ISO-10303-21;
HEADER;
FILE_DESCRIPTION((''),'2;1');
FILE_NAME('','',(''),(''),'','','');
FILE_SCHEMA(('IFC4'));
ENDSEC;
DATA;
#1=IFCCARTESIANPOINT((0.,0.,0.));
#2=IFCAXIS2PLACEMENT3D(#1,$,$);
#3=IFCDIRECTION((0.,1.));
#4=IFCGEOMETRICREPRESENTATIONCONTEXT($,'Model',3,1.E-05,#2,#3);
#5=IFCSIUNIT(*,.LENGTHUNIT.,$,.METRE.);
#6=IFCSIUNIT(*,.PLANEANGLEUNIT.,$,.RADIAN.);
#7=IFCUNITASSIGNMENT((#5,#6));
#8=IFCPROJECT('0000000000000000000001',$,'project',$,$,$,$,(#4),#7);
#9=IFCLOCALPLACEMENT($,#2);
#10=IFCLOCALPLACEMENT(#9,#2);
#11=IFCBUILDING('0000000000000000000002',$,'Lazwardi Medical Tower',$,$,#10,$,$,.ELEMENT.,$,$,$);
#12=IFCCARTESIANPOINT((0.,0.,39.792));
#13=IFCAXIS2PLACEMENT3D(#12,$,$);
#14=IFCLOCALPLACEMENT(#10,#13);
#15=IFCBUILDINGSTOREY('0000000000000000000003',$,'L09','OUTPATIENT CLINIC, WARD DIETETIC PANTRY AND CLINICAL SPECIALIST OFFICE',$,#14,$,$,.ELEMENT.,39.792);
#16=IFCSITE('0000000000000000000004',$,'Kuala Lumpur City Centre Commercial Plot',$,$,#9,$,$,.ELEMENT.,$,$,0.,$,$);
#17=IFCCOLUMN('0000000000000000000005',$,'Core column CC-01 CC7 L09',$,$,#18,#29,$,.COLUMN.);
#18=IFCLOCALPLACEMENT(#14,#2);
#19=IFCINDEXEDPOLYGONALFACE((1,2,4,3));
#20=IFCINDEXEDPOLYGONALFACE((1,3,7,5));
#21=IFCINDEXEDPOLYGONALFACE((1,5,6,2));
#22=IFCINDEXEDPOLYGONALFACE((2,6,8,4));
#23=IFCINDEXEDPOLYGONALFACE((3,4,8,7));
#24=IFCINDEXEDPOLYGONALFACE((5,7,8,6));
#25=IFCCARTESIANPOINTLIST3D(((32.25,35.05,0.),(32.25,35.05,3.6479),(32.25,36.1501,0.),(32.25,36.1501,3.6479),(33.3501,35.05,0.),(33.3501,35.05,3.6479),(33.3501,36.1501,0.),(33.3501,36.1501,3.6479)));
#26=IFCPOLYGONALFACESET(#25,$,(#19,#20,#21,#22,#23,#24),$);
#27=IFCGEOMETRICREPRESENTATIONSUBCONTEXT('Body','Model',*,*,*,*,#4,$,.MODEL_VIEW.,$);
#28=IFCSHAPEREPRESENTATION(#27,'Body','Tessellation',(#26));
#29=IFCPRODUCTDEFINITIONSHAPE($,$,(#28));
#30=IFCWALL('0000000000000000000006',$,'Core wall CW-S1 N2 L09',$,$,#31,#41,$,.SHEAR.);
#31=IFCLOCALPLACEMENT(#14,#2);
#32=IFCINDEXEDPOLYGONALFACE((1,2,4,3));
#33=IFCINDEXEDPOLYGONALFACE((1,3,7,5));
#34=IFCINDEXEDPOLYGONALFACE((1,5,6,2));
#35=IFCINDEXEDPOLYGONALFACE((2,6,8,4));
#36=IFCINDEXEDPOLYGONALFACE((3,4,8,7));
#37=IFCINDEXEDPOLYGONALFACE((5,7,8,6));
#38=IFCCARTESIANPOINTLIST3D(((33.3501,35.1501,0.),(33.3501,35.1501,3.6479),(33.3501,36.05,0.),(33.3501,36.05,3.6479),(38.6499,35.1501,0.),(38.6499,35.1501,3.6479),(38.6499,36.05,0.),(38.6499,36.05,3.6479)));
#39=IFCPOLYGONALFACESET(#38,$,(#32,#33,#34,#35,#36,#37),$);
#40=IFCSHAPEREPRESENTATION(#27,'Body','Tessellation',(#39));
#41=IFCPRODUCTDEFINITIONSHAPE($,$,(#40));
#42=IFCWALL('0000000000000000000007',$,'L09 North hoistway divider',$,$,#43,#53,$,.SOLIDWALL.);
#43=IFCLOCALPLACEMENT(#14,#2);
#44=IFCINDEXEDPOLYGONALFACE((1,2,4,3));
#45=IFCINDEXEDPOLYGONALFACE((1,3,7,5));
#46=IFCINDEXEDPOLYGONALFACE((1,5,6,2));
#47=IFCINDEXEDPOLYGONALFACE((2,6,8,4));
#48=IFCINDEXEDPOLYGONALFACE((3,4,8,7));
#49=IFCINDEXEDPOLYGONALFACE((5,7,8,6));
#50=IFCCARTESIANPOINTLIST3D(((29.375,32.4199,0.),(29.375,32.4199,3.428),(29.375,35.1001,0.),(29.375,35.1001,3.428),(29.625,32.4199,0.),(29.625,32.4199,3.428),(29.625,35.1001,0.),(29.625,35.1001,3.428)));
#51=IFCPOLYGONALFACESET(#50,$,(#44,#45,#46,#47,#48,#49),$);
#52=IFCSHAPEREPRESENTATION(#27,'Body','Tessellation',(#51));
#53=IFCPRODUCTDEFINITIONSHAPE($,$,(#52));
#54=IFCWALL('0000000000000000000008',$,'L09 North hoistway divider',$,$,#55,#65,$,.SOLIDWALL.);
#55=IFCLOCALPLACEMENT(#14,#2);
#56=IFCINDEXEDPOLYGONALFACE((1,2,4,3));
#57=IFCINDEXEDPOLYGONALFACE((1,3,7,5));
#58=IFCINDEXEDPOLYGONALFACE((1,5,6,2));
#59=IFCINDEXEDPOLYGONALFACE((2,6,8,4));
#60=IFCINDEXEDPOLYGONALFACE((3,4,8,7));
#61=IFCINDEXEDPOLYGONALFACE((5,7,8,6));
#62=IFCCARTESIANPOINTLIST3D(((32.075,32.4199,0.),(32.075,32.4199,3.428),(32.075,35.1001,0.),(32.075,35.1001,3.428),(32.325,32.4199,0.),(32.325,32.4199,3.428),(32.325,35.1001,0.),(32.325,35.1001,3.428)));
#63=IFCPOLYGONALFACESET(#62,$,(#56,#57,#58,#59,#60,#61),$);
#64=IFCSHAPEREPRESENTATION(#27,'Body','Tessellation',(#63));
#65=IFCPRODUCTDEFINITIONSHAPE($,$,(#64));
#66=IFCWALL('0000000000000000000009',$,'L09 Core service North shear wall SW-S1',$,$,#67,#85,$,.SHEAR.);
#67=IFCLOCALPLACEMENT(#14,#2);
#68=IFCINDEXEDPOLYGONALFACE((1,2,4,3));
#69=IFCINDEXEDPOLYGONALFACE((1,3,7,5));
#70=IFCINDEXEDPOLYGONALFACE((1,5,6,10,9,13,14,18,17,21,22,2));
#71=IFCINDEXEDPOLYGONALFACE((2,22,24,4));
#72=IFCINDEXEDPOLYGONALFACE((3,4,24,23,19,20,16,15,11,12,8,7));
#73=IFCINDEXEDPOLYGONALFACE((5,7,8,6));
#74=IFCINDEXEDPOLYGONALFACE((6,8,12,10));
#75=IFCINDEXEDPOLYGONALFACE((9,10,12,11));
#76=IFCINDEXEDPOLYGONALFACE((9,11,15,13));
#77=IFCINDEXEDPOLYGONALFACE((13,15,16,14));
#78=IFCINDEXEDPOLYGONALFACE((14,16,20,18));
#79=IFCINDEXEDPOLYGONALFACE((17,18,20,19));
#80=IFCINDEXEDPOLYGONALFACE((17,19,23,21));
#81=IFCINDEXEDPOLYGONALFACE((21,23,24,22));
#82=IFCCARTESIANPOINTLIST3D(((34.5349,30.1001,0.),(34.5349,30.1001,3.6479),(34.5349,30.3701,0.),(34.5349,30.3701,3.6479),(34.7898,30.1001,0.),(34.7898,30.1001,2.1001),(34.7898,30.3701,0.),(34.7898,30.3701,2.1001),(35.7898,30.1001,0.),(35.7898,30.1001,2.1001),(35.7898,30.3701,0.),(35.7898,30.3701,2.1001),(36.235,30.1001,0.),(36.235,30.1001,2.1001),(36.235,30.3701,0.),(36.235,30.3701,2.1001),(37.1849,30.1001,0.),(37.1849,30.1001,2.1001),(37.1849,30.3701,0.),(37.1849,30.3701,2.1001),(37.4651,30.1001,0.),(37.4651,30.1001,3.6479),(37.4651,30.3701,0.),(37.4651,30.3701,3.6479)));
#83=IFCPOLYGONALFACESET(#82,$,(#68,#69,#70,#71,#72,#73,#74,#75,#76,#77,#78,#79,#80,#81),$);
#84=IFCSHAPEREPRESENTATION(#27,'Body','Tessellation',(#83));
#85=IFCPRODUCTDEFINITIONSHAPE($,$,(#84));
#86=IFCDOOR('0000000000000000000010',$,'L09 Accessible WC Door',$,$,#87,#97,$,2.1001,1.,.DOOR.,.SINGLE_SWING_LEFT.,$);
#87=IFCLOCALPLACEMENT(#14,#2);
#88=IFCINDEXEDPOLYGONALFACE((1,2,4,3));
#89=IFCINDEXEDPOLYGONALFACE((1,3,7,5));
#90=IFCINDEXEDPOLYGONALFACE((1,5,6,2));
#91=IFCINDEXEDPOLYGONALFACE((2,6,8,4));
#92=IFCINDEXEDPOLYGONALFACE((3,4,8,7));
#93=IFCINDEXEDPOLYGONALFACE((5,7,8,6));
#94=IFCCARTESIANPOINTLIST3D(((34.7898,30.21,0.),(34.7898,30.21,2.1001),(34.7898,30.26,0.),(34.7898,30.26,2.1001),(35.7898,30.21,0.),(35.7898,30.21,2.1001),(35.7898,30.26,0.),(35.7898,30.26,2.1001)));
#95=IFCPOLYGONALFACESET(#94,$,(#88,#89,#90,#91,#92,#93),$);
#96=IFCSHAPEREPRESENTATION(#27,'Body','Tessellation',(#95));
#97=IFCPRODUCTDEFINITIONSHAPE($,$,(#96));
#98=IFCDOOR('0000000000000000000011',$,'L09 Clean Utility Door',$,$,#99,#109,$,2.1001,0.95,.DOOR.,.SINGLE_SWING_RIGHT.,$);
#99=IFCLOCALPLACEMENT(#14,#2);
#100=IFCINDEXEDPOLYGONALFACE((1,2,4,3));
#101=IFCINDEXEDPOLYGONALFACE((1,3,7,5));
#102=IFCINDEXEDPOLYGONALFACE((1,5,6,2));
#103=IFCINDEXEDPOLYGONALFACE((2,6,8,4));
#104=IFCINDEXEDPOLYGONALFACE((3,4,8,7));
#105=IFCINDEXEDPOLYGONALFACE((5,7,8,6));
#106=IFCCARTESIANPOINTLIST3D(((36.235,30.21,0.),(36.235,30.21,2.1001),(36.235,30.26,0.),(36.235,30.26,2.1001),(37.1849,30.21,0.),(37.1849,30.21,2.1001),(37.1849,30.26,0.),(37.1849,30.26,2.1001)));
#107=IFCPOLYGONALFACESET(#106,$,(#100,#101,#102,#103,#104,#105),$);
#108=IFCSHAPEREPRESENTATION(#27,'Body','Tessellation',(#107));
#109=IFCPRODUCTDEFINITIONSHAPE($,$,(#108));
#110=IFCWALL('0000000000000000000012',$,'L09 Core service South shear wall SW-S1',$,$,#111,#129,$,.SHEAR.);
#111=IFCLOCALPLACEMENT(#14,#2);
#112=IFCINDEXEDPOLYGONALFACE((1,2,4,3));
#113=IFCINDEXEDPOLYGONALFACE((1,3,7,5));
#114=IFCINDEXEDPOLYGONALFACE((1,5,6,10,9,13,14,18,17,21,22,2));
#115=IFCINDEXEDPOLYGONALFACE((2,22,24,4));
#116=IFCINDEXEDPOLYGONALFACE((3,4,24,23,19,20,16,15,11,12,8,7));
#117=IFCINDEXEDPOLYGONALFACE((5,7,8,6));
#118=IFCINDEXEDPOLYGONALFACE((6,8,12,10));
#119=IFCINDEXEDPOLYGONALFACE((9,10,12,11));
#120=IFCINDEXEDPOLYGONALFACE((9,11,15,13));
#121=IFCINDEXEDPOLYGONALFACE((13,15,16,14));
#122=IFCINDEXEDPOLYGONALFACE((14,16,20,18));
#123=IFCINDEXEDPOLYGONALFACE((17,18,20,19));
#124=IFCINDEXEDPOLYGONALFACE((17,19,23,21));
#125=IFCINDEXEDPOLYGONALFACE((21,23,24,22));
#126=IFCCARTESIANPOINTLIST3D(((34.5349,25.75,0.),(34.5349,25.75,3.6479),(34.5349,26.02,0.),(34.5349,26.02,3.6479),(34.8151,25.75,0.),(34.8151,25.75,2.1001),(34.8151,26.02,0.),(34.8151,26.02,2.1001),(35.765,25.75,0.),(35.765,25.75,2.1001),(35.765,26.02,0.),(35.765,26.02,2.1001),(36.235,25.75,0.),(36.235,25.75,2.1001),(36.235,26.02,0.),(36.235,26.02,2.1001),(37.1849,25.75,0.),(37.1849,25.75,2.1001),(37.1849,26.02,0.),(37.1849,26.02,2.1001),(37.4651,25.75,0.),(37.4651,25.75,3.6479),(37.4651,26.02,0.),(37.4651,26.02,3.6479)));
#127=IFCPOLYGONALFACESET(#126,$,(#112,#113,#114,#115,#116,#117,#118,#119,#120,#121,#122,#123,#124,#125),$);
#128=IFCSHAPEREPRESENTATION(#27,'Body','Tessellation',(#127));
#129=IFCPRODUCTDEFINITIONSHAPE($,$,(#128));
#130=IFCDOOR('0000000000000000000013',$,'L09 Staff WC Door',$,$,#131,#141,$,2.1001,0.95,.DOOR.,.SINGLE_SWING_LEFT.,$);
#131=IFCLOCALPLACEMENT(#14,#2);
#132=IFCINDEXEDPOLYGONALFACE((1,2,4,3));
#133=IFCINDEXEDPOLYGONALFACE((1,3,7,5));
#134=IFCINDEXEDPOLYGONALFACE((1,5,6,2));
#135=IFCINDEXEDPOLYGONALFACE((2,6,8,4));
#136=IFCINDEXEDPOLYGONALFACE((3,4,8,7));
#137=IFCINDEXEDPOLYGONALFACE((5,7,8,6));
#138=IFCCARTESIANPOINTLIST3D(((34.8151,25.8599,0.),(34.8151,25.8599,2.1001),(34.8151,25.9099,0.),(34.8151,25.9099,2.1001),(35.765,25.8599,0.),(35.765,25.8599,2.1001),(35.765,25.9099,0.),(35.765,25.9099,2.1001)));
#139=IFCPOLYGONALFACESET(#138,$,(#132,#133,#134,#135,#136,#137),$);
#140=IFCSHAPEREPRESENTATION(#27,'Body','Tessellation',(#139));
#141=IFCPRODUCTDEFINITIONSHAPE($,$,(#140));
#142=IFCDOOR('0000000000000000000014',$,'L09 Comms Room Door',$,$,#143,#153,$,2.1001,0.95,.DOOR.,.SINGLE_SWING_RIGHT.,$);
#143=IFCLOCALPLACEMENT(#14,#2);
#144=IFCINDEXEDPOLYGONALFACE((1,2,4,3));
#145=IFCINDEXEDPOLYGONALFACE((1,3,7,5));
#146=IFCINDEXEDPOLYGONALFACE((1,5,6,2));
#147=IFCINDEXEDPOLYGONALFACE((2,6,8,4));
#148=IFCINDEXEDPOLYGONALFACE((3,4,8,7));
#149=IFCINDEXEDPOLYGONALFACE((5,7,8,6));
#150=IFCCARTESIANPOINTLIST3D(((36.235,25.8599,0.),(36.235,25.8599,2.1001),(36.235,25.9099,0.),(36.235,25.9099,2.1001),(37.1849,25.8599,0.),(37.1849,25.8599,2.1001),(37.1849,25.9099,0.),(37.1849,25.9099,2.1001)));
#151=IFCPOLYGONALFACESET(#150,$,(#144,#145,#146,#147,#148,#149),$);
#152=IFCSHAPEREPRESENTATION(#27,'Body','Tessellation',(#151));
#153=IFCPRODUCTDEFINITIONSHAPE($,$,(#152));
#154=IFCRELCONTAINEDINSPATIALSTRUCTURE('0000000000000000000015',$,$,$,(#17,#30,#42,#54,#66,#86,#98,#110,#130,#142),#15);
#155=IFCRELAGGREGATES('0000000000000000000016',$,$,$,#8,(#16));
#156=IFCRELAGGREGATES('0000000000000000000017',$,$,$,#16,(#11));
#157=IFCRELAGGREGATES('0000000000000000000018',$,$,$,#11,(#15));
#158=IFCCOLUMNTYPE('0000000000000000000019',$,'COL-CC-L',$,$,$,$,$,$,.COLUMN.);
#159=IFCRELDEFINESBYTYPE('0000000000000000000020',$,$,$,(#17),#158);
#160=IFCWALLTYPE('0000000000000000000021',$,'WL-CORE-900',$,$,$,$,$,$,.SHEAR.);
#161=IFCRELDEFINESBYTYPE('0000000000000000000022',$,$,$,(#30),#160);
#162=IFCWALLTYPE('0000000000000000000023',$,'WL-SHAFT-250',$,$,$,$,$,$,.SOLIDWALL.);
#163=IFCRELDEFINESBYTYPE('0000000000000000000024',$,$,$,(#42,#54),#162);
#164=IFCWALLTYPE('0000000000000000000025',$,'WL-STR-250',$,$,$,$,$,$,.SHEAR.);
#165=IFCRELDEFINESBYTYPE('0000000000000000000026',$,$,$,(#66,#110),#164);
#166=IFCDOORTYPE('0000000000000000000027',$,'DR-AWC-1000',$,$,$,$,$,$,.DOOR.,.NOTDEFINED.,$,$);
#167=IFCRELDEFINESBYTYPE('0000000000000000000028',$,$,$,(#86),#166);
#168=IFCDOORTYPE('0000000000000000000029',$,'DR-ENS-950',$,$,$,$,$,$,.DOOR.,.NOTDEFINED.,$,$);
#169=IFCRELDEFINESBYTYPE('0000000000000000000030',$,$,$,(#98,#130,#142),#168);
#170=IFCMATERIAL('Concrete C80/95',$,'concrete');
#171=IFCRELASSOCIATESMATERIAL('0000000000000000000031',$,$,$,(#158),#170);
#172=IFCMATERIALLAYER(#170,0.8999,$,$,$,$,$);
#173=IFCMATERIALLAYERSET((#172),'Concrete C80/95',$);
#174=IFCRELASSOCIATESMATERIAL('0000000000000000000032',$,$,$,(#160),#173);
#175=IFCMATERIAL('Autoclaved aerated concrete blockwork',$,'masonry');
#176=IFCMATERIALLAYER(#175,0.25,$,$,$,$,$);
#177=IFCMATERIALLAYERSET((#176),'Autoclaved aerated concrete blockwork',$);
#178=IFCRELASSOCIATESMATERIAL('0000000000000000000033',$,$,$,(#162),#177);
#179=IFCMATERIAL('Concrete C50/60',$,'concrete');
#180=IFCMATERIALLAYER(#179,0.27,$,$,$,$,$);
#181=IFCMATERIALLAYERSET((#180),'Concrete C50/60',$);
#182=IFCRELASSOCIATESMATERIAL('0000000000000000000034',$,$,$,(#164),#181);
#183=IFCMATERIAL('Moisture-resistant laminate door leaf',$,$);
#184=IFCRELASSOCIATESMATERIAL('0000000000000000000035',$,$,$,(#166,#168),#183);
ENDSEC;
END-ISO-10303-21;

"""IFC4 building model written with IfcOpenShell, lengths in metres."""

from ifc_helpers import new_model, si_unit, direction, frame, frame_2d, origin, origin_2d, place, context, subcontext, project, spatial, rectangle, extrude, material, layer, layer_set, material_profile, profile_set, type_object, element, fill, save


model = new_model("IFC4")

# Units and contexts
model_context = context("Model", 3, precision=1e-05, world=origin(), true_north=direction((0.0, 1.0)))
body_context = subcontext(model_context, "Body", "Model", "MODEL_VIEW")
ifc_project = project(units=[si_unit("LENGTHUNIT", "METRE"), si_unit("PLANEANGLEUNIT", "RADIAN")], contexts=[model_context])

# Site, building, storey
site_placement = place(None, origin())
site = spatial("IfcSite", under=ifc_project, at=site_placement, Name="Kuala Lumpur City Centre Commercial Plot", CompositionType="ELEMENT", RefElevation=0.0)
building_placement = place(site_placement, origin())
building = spatial("IfcBuilding", under=site, at=building_placement, Name="Lazwardi Medical Tower", CompositionType="ELEMENT")
storey_placement = place(building_placement, frame((0.0, 0.0, 39.792)))
storey = spatial("IfcBuildingStorey", under=building, at=storey_placement, Name="L09", Description="OUTPATIENT CLINIC, WARD DIETETIC PANTRY AND CLINICAL SPECIALIST OFFICE", CompositionType="ELEMENT", Elevation=39.792)

# Column
ifc_material_1 = material(Name="Concrete C80/95", Category="concrete")
ifc_material_profile = material_profile(ifc_material_1, rectangle(XDim=1.1001, YDim=1.1001, at=origin_2d()), Name="RC 1100x1100")
ifc_profile_set = profile_set([ifc_material_profile], Name="Concrete C80/95")
column_type = type_object("IfcColumnType", Name="COL-CC-L", PredefinedType="COLUMN", material=ifc_profile_set)
column_placement = place(storey_placement, frame((32.8, 35.6001, 0.0), z_axis=(0.0, 0.0, 1.0), x_axis=(1.0, 0.0, 0.0)))
element("IfcColumn", 1, at=column_placement, inside=storey, type_object=column_type, Name="Core column CC-01 CC7 L09", PredefinedType="COLUMN", context=body_context, shape_type="SweptSolid", body=[
    extrude(rectangle(XDim=1.1001, YDim=1.1001, at=origin_2d()), origin(), (0.0, 0.0, 1.0), 3.6479),
])

# Walls
ifc_layer_1 = layer(ifc_material_1, 0.8999)
ifc_layer_set_1 = layer_set([ifc_layer_1], Name="Concrete C80/95")
wall_type_1 = type_object("IfcWallType", Name="WL-CORE-900", PredefinedType="SHEAR", material=ifc_layer_set_1)
wall_1_placement = place(storey_placement, frame((33.3501, 35.6001, 0.0), z_axis=(0.0, 0.0, 1.0), x_axis=(1.0, 0.0, 0.0)))
element("IfcWall", 2, at=wall_1_placement, inside=storey, type_object=wall_type_1, Name="Core wall CW-S1 N2 L09", PredefinedType="SHEAR", context=body_context, shape_type="SweptSolid", body=[
    extrude(rectangle(XDim=5.2998, YDim=0.8999, at=frame_2d((2.6499, 0.0))), origin(), (0.0, 0.0, 1.0), 3.6479),
])
ifc_material_2 = material(Name="Autoclaved aerated concrete blockwork", Category="masonry")
ifc_layer_2 = layer(ifc_material_2, 0.25)
ifc_layer_set_2 = layer_set([ifc_layer_2], Name="Autoclaved aerated concrete blockwork")
wall_type_2 = type_object("IfcWallType", Name="WL-SHAFT-250", PredefinedType="SOLIDWALL", material=ifc_layer_set_2)
for number, where, z_axis, x_axis, name in (
    (3, (29.5, 32.4199, 0.0), (0.0, 0.0, 1.0), (0.0, 1.0, 0.0), "L09 North hoistway divider"),
    (4, (32.2, 32.4199, 0.0), (0.0, 0.0, 1.0), (0.0, 1.0, 0.0), "L09 North hoistway divider"),
):
    element("IfcWall", number, at=place(storey_placement, frame(where, z_axis=z_axis, x_axis=x_axis)), inside=storey, type_object=wall_type_2, Name=name, PredefinedType="SOLIDWALL", context=body_context, shape_type="SweptSolid", body=[
        extrude(rectangle(XDim=2.6802, YDim=0.25, at=frame_2d((1.3401, 0.0))), origin(), (0.0, 0.0, 1.0), 3.428),
    ])

# Walls, openings, doors
ifc_material_3 = material(Name="Concrete C50/60", Category="concrete")
ifc_layer_3 = layer(ifc_material_3, 0.27)
ifc_layer_set_3 = layer_set([ifc_layer_3], Name="Concrete C50/60")
wall_type_3 = type_object("IfcWallType", Name="WL-STR-250", PredefinedType="SHEAR", material=ifc_layer_set_3)
wall_2_placement = place(storey_placement, frame((34.5349, 30.2351, 0.0), z_axis=(0.0, 0.0, 1.0), x_axis=(1.0, 0.0, 0.0)))
wall_2 = element("IfcWall", 5, at=wall_2_placement, inside=storey, type_object=wall_type_3, Name="L09 Core service North shear wall SW-S1", PredefinedType="SHEAR", context=body_context, shape_type="SweptSolid", body=[
    extrude(rectangle(XDim=2.9302, YDim=0.27, at=frame_2d((1.4651, 0.0))), origin(), (0.0, 0.0, 1.0), 3.6479),
])
opening_1_placement = place(wall_2_placement, frame((0.2549, 0.0, 0.0)))
opening_1 = element("IfcOpeningElement", 6, at=opening_1_placement, cuts=wall_2, PredefinedType="OPENING", context=body_context, shape_type="SweptSolid", body=[
    extrude(rectangle(XDim=1.0, YDim=2.1001, at=frame_2d((0.5, 1.05))), frame((0.0, 0.145, 0.0), z_axis=(0.0, -1.0, 0.0), x_axis=(1.0, 0.0, 0.0)), (0.0, 0.0, 1.0), 0.29),
])
opening_2_placement = place(wall_2_placement, frame((1.7, 0.0, 0.0)))
opening_2 = element("IfcOpeningElement", 7, at=opening_2_placement, cuts=wall_2, PredefinedType="OPENING", context=body_context, shape_type="SweptSolid", body=[
    extrude(rectangle(XDim=0.95, YDim=2.1001, at=frame_2d((0.4751, 1.05))), frame((0.0, 0.145, 0.0), z_axis=(0.0, -1.0, 0.0), x_axis=(1.0, 0.0, 0.0)), (0.0, 0.0, 1.0), 0.29),
])
ifc_material_4 = material(Name="Moisture-resistant laminate door leaf")
door_type_1 = type_object("IfcDoorType", Name="DR-AWC-1000", OperationType="NOTDEFINED", PredefinedType="DOOR", material=ifc_material_4)
door_1_placement = place(opening_1_placement, origin())
door_1 = element("IfcDoor", 8, at=door_1_placement, inside=storey, type_object=door_type_1, Name="L09 Accessible WC Door", OperationType="SINGLE_SWING_LEFT", OverallHeight=2.1001, OverallWidth=1.0, PredefinedType="DOOR", context=body_context, shape_type="SweptSolid", body=[
    extrude(rectangle(XDim=1.0, YDim=2.1001, at=frame_2d((0.5, 1.05))), frame((0.0, 0.0249, 0.0), z_axis=(0.0, -1.0, 0.0), x_axis=(1.0, 0.0, 0.0)), (0.0, 0.0, 1.0), 0.05),
])
fill(opening_1, door_1)
door_type_2 = type_object("IfcDoorType", Name="DR-ENS-950", OperationType="NOTDEFINED", PredefinedType="DOOR", material=ifc_material_4)
door_2_placement = place(opening_2_placement, origin())
door_2 = element("IfcDoor", 9, at=door_2_placement, inside=storey, type_object=door_type_2, Name="L09 Clean Utility Door", OperationType="SINGLE_SWING_RIGHT", OverallHeight=2.1001, OverallWidth=0.95, PredefinedType="DOOR", context=body_context, shape_type="SweptSolid", body=[
    extrude(rectangle(XDim=0.95, YDim=2.1001, at=frame_2d((0.4751, 1.05))), frame((0.0, 0.0249, 0.0), z_axis=(0.0, -1.0, 0.0), x_axis=(1.0, 0.0, 0.0)), (0.0, 0.0, 1.0), 0.05),
])
fill(opening_2, door_2)
wall_3_placement = place(storey_placement, frame((34.5349, 25.885, 0.0), z_axis=(0.0, 0.0, 1.0), x_axis=(1.0, 0.0, 0.0)))
wall_3 = element("IfcWall", 10, at=wall_3_placement, inside=storey, type_object=wall_type_3, Name="L09 Core service South shear wall SW-S1", PredefinedType="SHEAR", context=body_context, shape_type="SweptSolid", body=[
    extrude(rectangle(XDim=2.9302, YDim=0.27, at=frame_2d((1.4651, 0.0))), origin(), (0.0, 0.0, 1.0), 3.6479),
])
opening_3_placement = place(wall_3_placement, frame((0.28, 0.0, 0.0)))
opening_3 = element("IfcOpeningElement", 11, at=opening_3_placement, cuts=wall_3, PredefinedType="OPENING", context=body_context, shape_type="SweptSolid", body=[
    extrude(rectangle(XDim=0.95, YDim=2.1001, at=frame_2d((0.4751, 1.05))), frame((0.0, 0.145, 0.0), z_axis=(0.0, -1.0, 0.0), x_axis=(1.0, 0.0, 0.0)), (0.0, 0.0, 1.0), 0.29),
])
opening_4_placement = place(wall_3_placement, frame((1.7, 0.0, 0.0)))
opening_4 = element("IfcOpeningElement", 12, at=opening_4_placement, cuts=wall_3, PredefinedType="OPENING", context=body_context, shape_type="SweptSolid", body=[
    extrude(rectangle(XDim=0.95, YDim=2.1001, at=frame_2d((0.4751, 1.05))), frame((0.0, 0.145, 0.0), z_axis=(0.0, -1.0, 0.0), x_axis=(1.0, 0.0, 0.0)), (0.0, 0.0, 1.0), 0.29),
])
door_3_placement = place(opening_3_placement, origin())
door_3 = element("IfcDoor", 13, at=door_3_placement, inside=storey, type_object=door_type_2, Name="L09 Staff WC Door", OperationType="SINGLE_SWING_LEFT", OverallHeight=2.1001, OverallWidth=0.95, PredefinedType="DOOR", context=body_context, shape_type="SweptSolid", body=[
    extrude(rectangle(XDim=0.95, YDim=2.1001, at=frame_2d((0.4751, 1.05))), frame((0.0, 0.0249, 0.0), z_axis=(0.0, -1.0, 0.0), x_axis=(1.0, 0.0, 0.0)), (0.0, 0.0, 1.0), 0.05),
])
fill(opening_3, door_3)
door_4_placement = place(opening_4_placement, origin())
door_4 = element("IfcDoor", 14, at=door_4_placement, inside=storey, type_object=door_type_2, Name="L09 Comms Room Door", OperationType="SINGLE_SWING_RIGHT", OverallHeight=2.1001, OverallWidth=0.95, PredefinedType="DOOR", context=body_context, shape_type="SweptSolid", body=[
    extrude(rectangle(XDim=0.95, YDim=2.1001, at=frame_2d((0.4751, 1.05))), frame((0.0, 0.0249, 0.0), z_axis=(0.0, -1.0, 0.0), x_axis=(1.0, 0.0, 0.0)), (0.0, 0.0, 1.0), 0.05),
])
fill(opening_4, door_4)

save(model, "model.ifc")
